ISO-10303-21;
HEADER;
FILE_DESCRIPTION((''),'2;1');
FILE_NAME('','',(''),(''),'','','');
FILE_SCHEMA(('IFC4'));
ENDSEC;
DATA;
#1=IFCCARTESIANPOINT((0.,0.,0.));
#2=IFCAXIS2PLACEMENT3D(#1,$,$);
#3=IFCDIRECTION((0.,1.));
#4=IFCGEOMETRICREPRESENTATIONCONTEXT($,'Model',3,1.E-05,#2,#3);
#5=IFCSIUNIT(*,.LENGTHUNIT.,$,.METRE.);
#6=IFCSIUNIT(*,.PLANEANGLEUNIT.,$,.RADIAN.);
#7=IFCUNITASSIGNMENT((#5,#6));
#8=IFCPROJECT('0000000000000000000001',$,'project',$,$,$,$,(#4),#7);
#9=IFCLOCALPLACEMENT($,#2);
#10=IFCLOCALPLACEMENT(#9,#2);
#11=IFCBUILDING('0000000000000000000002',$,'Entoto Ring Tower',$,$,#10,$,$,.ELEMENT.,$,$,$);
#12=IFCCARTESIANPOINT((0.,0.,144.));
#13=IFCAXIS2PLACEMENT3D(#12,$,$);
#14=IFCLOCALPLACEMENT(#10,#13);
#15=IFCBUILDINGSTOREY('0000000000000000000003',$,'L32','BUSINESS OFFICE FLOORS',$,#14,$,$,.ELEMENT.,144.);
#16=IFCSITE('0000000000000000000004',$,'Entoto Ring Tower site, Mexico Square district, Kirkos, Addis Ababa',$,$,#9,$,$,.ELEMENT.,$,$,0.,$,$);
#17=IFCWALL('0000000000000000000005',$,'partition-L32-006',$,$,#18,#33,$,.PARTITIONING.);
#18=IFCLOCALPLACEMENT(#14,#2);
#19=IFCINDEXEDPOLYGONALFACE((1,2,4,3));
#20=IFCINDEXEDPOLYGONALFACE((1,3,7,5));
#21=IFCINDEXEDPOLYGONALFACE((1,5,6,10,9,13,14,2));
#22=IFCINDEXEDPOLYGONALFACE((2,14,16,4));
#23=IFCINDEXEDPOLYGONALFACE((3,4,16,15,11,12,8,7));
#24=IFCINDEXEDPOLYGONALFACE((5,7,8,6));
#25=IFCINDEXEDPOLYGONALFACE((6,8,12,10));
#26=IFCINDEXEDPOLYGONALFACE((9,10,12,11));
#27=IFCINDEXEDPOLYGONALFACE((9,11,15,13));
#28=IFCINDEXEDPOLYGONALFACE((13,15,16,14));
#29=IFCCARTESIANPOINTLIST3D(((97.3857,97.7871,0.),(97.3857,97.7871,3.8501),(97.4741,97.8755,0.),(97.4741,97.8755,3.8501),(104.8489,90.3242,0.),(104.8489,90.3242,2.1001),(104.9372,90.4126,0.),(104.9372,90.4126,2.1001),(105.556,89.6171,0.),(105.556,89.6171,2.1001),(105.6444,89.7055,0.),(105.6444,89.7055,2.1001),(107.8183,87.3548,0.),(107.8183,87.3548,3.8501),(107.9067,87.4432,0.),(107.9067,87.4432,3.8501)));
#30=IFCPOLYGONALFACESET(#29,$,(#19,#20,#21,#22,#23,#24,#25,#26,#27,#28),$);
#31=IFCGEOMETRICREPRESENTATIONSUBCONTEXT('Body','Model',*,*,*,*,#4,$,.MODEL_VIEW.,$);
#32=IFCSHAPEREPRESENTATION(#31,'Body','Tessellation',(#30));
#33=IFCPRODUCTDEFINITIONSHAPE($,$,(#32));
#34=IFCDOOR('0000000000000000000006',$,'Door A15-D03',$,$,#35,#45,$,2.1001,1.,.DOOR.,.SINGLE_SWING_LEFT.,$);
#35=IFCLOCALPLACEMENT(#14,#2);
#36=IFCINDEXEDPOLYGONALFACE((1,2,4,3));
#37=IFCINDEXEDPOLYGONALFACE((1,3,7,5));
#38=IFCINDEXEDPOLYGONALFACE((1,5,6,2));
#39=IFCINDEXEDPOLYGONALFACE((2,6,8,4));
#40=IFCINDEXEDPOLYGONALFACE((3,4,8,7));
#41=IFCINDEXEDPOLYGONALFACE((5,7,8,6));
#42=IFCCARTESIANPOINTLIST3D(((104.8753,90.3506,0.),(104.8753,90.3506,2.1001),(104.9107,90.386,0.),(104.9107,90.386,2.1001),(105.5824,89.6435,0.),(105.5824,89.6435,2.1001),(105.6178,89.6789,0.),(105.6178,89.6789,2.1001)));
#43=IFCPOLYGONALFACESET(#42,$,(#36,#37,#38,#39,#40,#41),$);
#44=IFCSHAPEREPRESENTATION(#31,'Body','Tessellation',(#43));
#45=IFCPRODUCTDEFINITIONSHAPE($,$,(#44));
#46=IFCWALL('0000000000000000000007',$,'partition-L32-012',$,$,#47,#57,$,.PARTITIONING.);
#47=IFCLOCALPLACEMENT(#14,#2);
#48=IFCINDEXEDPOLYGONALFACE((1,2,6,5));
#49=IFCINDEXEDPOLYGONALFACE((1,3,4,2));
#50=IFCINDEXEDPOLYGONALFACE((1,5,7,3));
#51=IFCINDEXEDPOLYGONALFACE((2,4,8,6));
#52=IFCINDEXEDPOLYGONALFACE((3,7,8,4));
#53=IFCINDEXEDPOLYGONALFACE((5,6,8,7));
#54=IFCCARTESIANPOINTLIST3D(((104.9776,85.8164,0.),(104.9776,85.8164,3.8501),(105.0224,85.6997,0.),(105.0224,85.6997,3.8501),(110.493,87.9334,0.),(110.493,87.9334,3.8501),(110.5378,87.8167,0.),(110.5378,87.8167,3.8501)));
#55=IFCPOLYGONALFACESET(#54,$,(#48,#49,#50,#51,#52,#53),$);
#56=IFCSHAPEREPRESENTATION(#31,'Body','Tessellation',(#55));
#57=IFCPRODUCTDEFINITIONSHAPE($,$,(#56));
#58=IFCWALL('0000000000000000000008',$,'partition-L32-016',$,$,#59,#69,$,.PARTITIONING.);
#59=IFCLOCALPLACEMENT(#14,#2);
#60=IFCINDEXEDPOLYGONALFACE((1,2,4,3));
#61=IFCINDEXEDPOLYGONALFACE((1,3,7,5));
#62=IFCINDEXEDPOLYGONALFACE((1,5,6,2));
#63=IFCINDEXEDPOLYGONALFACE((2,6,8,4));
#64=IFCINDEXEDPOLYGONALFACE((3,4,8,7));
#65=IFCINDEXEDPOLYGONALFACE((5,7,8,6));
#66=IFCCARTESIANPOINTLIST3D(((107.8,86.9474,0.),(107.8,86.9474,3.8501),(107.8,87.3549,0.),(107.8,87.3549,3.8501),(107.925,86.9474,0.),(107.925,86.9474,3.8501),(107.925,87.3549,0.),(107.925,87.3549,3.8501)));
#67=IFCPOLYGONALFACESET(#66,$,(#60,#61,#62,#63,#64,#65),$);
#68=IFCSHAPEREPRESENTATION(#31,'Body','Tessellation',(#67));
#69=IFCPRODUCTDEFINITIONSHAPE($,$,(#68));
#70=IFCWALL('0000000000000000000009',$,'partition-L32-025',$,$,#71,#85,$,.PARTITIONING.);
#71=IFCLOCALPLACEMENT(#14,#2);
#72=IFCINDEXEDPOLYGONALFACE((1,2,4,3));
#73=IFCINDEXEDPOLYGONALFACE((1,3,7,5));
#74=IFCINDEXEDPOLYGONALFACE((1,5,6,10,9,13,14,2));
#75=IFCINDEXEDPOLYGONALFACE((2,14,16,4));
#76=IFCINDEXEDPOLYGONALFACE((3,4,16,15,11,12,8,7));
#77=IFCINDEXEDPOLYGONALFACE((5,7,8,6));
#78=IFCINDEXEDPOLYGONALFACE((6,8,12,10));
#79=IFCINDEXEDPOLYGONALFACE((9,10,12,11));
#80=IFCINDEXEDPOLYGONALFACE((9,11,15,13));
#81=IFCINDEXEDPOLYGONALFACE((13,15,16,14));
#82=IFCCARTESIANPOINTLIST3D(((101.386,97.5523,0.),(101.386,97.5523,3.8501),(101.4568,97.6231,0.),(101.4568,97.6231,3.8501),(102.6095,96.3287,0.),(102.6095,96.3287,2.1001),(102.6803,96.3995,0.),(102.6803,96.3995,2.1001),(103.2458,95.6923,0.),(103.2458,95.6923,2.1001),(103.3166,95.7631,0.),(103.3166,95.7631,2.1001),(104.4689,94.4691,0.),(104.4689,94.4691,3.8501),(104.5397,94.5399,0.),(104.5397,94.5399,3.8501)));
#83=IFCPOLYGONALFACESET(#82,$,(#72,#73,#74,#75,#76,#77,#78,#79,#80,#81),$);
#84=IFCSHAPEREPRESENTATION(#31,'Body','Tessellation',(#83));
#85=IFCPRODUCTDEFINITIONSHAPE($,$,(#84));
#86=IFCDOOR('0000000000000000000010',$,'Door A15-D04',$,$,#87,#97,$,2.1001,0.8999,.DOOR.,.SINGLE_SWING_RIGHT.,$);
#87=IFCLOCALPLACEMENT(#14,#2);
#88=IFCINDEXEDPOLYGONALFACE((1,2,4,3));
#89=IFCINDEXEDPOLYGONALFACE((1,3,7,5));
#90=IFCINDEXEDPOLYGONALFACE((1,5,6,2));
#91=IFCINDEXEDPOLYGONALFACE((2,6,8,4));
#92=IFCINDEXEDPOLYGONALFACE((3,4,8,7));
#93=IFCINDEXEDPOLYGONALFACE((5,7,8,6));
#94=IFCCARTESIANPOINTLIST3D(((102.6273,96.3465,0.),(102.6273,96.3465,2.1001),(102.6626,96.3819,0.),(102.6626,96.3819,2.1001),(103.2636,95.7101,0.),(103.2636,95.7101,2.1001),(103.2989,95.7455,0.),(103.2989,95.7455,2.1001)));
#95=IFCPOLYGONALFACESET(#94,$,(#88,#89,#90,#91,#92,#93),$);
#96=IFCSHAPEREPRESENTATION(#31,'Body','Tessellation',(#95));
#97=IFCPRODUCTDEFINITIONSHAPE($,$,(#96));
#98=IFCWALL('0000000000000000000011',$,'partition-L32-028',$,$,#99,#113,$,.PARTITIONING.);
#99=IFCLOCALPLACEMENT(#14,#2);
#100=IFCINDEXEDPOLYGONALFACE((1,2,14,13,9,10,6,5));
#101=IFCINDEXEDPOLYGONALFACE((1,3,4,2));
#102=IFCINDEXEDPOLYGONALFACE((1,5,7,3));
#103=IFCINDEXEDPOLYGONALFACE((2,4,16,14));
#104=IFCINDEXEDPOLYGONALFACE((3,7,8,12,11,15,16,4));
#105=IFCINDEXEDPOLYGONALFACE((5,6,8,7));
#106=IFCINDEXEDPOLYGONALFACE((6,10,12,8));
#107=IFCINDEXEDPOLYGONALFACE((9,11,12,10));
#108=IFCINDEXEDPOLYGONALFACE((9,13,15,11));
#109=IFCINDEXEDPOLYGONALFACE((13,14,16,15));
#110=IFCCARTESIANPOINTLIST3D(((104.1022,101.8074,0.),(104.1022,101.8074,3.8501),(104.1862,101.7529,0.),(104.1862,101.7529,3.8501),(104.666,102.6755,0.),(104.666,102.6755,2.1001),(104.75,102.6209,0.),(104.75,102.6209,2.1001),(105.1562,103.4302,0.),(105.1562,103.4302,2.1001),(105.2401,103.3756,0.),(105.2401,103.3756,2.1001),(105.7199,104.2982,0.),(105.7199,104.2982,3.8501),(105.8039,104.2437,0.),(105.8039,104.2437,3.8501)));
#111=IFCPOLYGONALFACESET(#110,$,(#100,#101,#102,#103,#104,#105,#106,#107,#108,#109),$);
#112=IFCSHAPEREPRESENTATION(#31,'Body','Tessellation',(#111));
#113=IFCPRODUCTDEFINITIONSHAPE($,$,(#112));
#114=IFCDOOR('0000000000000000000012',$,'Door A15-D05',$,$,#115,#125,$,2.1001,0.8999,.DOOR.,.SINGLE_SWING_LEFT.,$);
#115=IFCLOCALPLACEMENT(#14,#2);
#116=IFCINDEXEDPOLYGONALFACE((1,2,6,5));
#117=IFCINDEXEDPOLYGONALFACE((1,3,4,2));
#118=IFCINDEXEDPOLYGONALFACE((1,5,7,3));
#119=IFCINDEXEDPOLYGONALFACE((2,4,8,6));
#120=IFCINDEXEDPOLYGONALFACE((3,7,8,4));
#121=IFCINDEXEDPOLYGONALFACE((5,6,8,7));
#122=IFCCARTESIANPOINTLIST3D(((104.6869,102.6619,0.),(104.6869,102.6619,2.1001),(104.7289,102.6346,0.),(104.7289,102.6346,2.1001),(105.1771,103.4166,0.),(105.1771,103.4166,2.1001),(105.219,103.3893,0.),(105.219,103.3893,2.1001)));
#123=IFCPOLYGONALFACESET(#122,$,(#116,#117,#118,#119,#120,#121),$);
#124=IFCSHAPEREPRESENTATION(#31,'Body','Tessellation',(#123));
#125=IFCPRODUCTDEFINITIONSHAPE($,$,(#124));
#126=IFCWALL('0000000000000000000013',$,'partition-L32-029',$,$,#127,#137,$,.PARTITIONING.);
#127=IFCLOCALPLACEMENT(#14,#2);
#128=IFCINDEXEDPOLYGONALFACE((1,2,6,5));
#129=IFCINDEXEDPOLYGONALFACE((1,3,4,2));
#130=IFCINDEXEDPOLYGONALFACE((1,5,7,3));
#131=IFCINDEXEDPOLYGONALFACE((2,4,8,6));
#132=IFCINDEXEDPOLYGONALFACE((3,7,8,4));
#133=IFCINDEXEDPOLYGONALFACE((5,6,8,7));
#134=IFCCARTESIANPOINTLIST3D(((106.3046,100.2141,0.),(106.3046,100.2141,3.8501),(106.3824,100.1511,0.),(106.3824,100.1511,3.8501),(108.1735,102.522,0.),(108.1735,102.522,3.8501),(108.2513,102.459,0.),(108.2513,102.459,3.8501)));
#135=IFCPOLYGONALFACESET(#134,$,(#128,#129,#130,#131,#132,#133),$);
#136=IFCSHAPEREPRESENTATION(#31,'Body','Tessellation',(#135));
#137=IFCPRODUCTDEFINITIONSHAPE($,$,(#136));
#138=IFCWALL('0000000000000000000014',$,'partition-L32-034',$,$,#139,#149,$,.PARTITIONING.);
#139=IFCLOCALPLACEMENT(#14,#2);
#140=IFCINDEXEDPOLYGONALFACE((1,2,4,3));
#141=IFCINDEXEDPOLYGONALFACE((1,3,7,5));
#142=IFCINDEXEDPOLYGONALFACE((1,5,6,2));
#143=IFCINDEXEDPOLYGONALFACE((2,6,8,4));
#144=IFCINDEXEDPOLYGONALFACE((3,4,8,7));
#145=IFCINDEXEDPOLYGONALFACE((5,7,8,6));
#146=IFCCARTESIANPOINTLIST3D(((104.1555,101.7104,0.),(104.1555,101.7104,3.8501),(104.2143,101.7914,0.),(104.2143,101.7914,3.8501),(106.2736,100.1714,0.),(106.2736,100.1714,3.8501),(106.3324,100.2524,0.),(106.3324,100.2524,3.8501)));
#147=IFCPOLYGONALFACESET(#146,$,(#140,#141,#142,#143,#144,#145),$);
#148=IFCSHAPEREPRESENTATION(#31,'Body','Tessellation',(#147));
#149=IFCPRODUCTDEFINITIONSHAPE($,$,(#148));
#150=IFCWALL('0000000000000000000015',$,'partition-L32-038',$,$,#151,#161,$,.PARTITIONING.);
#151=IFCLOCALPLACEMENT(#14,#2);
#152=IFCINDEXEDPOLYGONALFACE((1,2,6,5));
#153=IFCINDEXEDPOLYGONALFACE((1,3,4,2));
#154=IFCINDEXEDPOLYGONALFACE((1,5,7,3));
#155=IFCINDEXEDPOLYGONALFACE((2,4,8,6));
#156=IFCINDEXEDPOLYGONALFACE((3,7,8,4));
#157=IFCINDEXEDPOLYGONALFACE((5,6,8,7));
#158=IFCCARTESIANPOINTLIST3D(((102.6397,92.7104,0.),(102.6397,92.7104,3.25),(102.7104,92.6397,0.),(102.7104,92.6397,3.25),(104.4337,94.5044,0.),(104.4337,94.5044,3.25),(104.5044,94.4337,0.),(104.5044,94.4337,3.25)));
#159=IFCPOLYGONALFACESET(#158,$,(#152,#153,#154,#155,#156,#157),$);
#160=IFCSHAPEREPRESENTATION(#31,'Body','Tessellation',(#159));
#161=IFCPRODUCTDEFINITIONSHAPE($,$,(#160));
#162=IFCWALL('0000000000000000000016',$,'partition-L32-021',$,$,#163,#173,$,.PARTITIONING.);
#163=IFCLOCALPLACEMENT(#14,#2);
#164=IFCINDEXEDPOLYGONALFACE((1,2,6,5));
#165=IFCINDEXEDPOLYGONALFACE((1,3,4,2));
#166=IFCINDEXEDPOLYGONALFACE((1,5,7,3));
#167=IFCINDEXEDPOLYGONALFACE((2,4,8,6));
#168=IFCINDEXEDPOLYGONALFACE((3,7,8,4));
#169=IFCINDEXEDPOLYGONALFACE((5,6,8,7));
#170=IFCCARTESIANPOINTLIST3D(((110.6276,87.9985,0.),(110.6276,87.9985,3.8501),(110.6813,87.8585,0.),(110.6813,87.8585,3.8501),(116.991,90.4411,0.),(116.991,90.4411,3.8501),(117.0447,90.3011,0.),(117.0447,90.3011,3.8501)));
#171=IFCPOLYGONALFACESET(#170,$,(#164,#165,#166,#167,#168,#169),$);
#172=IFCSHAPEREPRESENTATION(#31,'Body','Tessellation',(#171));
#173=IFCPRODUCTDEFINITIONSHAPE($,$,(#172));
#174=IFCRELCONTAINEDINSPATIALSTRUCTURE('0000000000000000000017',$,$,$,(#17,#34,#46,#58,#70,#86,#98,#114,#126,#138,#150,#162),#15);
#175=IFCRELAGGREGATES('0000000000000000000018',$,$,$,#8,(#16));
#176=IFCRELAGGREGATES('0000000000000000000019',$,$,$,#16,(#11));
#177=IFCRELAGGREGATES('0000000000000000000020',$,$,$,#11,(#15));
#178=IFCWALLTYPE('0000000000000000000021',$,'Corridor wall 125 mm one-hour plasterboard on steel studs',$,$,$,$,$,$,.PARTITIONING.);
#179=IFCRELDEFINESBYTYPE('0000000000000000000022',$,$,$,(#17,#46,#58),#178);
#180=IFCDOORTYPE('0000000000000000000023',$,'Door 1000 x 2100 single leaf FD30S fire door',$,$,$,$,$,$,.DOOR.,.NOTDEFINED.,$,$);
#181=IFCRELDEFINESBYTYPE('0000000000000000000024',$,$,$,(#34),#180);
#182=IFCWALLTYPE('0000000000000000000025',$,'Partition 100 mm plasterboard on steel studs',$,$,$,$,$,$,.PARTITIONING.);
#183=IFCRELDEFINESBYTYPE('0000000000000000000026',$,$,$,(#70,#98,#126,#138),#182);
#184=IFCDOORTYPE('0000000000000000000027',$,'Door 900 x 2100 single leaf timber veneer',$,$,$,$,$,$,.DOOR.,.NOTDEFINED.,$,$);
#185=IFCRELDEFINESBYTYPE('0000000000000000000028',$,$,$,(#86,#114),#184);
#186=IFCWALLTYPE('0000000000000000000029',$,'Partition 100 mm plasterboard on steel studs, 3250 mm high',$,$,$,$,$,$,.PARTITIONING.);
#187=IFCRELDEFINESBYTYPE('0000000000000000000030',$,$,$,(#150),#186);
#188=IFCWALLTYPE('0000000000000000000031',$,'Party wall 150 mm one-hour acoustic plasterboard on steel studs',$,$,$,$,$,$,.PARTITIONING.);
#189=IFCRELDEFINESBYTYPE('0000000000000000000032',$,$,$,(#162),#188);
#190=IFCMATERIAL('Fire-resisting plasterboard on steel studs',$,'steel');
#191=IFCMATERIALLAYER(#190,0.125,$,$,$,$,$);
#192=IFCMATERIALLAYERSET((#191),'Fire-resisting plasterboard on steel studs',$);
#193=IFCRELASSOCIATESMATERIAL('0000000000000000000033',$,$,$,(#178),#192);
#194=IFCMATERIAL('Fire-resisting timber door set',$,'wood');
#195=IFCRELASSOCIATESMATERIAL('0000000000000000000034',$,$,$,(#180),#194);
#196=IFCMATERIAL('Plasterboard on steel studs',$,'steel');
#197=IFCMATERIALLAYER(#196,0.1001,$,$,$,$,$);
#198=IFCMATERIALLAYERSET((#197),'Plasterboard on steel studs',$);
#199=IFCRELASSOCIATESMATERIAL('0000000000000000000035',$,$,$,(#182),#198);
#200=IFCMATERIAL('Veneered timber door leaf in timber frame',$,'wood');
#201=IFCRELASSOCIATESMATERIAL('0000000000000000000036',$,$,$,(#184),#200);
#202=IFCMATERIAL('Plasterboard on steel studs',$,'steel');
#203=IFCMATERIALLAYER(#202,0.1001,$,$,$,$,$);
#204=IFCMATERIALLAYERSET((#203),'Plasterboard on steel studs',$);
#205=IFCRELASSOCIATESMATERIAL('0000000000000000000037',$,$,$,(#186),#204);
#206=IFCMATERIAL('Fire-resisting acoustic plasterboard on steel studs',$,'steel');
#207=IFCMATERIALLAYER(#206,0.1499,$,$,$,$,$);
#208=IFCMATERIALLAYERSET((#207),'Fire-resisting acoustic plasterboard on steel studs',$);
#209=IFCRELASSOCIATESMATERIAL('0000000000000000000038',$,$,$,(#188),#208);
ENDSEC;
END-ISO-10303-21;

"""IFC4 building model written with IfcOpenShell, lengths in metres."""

from ifc_helpers import new_model, si_unit, direction, frame, frame_2d, origin, place, context, subcontext, project, spatial, rectangle, extrude, material, layer, layer_set, type_object, element, fill, save


model = new_model("IFC4")

# Units and contexts
model_context = context("Model", 3, precision=1e-05, world=origin(), true_north=direction((0.0, 1.0)))
body_context = subcontext(model_context, "Body", "Model", "MODEL_VIEW")
ifc_project = project(units=[si_unit("LENGTHUNIT", "METRE"), si_unit("PLANEANGLEUNIT", "RADIAN")], contexts=[model_context])

# Site, building, storey
site_placement = place(None, origin())
site = spatial("IfcSite", under=ifc_project, at=site_placement, Name="Entoto Ring Tower site, Mexico Square district, Kirkos, Addis Ababa", CompositionType="ELEMENT", RefElevation=0.0)
building_placement = place(site_placement, origin())
building = spatial("IfcBuilding", under=site, at=building_placement, Name="Entoto Ring Tower", CompositionType="ELEMENT")
storey_placement = place(building_placement, frame((0.0, 0.0, 144.0)))
storey = spatial("IfcBuildingStorey", under=building, at=storey_placement, Name="L32", Description="BUSINESS OFFICE FLOORS", CompositionType="ELEMENT", Elevation=144.0)

# Wall, opening, door
ifc_material_1 = material(Name="Fire-resisting plasterboard on steel studs", Category="steel")
ifc_layer_1 = layer(ifc_material_1, 0.125)
ifc_layer_set_1 = layer_set([ifc_layer_1], Name="Fire-resisting plasterboard on steel studs")
wall_type_1 = type_object("IfcWallType", Name="Corridor wall 125 mm one-hour plasterboard on steel studs", PredefinedType="PARTITIONING", material=ifc_layer_set_1)
wall_1_placement = place(storey_placement, frame((107.8625, 87.3989, 0.0), z_axis=(0.0, 0.0, 1.0), x_axis=(-0.707115, 0.707099, 0.0)))
wall_1 = element("IfcWall", 1, at=wall_1_placement, inside=storey, type_object=wall_type_1, Name="partition-L32-006", PredefinedType="PARTITIONING", context=body_context, shape_type="SweptSolid", body=[
    extrude(rectangle(XDim=14.7537, YDim=0.125, at=frame_2d((7.377, 0.0))), origin(), (0.0, 0.0, 1.0), 3.8501),
])
opening_1_placement = place(wall_1_placement, frame((3.1995, 0.0, 0.0)))
opening_1 = element("IfcOpeningElement", 2, at=opening_1_placement, cuts=wall_1, PredefinedType="OPENING", context=body_context, shape_type="SweptSolid", body=[
    extrude(rectangle(XDim=1.0, YDim=2.1001, at=frame_2d((0.5, 1.05))), frame((0.0, 0.0725, 0.0), z_axis=(0.0, -1.0, 0.0), x_axis=(1.0, 0.0, 0.0)), (0.0, 0.0, 1.0), 0.145),
])
ifc_material_2 = material(Name="Fire-resisting timber door set", Category="wood")
door_type_1 = type_object("IfcDoorType", Name="Door 1000 x 2100 single leaf FD30S fire door", OperationType="NOTDEFINED", PredefinedType="DOOR", material=ifc_material_2)
door_1_placement = place(opening_1_placement, frame((1.0, 0.0, 0.0), z_axis=(0.0, 0.0, 1.0), x_axis=(-1.0, 0.0, 0.0)))
door_1 = element("IfcDoor", 3, at=door_1_placement, inside=storey, type_object=door_type_1, Name="Door A15-D03", OperationType="SINGLE_SWING_LEFT", OverallHeight=2.1001, OverallWidth=1.0, PredefinedType="DOOR", context=body_context, shape_type="SweptSolid", body=[
    extrude(rectangle(XDim=1.0, YDim=2.1001, at=frame_2d((0.5, 1.05))), frame((0.0, 0.0249, 0.0), z_axis=(0.0, -1.0, 0.0), x_axis=(1.0, 0.0, 0.0)), (0.0, 0.0, 1.0), 0.05),
])
fill(opening_1, door_1)

# Walls
wall_2_placement = place(storey_placement, frame((105.0, 85.7581, 0.0), z_axis=(0.0, 0.0, 1.0), x_axis=(0.933592, 0.358337, 0.0)))
element("IfcWall", 4, at=wall_2_placement, inside=storey, type_object=wall_type_1, Name="partition-L32-012", PredefinedType="PARTITIONING", context=body_context, shape_type="SweptSolid", body=[
    extrude(rectangle(XDim=5.9077, YDim=0.125, at=frame_2d((2.9539, 0.0))), origin(), (0.0, 0.0, 1.0), 3.8501),
])
wall_3_placement = place(storey_placement, frame((107.8625, 86.9475, 0.0), z_axis=(0.0, 0.0, 1.0), x_axis=(0.0, 1.0, 0.0)))
element("IfcWall", 5, at=wall_3_placement, inside=storey, type_object=wall_type_1, Name="partition-L32-016", PredefinedType="PARTITIONING", context=body_context, shape_type="SweptSolid", body=[
    extrude(rectangle(XDim=0.4075, YDim=0.125, at=frame_2d((0.2036, 0.0))), origin(), (0.0, 0.0, 1.0), 3.8501),
])

# Walls, openings, doors
ifc_material_3 = material(Name="Plasterboard on steel studs", Category="steel")
ifc_layer_2 = layer(ifc_material_3, 0.1001)
ifc_layer_set_2 = layer_set([ifc_layer_2], Name="Plasterboard on steel studs")
wall_type_2 = type_object("IfcWallType", Name="Partition 100 mm plasterboard on steel studs", PredefinedType="PARTITIONING", material=ifc_layer_set_2)
wall_4_placement = place(storey_placement, frame((104.5044, 94.5044, 0.0), z_axis=(0.0, 0.0, 1.0), x_axis=(-0.707079, 0.707135, 0.0)))
wall_4 = element("IfcWall", 6, at=wall_4_placement, inside=storey, type_object=wall_type_2, Name="partition-L32-025", PredefinedType="PARTITIONING", context=body_context, shape_type="SweptSolid", body=[
    extrude(rectangle(XDim=4.3601, YDim=0.1001, at=frame_2d((2.1802, 0.0))), origin(), (0.0, 0.0, 1.0), 3.8501),
])
opening_2_placement = place(wall_4_placement, frame((1.73, 0.0, 0.0)))
opening_2 = element("IfcOpeningElement", 7, at=opening_2_placement, cuts=wall_4, PredefinedType="OPENING", context=body_context, shape_type="SweptSolid", body=[
    extrude(rectangle(XDim=0.8999, YDim=2.1001, at=frame_2d((0.45, 1.05))), frame((0.0, 0.0601, 0.0), z_axis=(0.0, -1.0, 0.0), x_axis=(1.0, 0.0, 0.0)), (0.0, 0.0, 1.0), 0.1201),
])
ifc_material_4 = material(Name="Veneered timber door leaf in timber frame", Category="wood")
door_type_2 = type_object("IfcDoorType", Name="Door 900 x 2100 single leaf timber veneer", OperationType="NOTDEFINED", PredefinedType="DOOR", material=ifc_material_4)
door_2_placement = place(opening_2_placement, origin())
door_2 = element("IfcDoor", 8, at=door_2_placement, inside=storey, type_object=door_type_2, Name="Door A15-D04", OperationType="SINGLE_SWING_RIGHT", OverallHeight=2.1001, OverallWidth=0.8999, PredefinedType="DOOR", context=body_context, shape_type="SweptSolid", body=[
    extrude(rectangle(XDim=0.8999, YDim=2.1001, at=frame_2d((0.45, 1.05))), frame((0.0, 0.0249, 0.0), z_axis=(0.0, -1.0, 0.0), x_axis=(1.0, 0.0, 0.0)), (0.0, 0.0, 1.0), 0.05),
])
fill(opening_2, door_2)
wall_5_placement = place(storey_placement, frame((104.1443, 101.7803, 0.0), z_axis=(0.0, 0.0, 1.0), x_axis=(0.544682, 0.838643, 0.0)))
wall_5 = element("IfcWall", 9, at=wall_5_placement, inside=storey, type_object=wall_type_2, Name="partition-L32-028", PredefinedType="PARTITIONING", context=body_context, shape_type="SweptSolid", body=[
    extrude(rectangle(XDim=2.97, YDim=0.1001, at=frame_2d((1.4849, 0.0))), origin(), (0.0, 0.0, 1.0), 3.8501),
])
opening_3_placement = place(wall_5_placement, frame((1.0349, 0.0, 0.0)))
opening_3 = element("IfcOpeningElement", 10, at=opening_3_placement, cuts=wall_5, PredefinedType="OPENING", context=body_context, shape_type="SweptSolid", body=[
    extrude(rectangle(XDim=0.8999, YDim=2.1001, at=frame_2d((0.45, 1.05))), frame((0.0, 0.0601, 0.0), z_axis=(0.0, -1.0, 0.0), x_axis=(1.0, 0.0, 0.0)), (0.0, 0.0, 1.0), 0.1201),
])
door_3_placement = place(opening_3_placement, frame((0.8999, 0.0, 0.0), z_axis=(0.0, 0.0, 1.0), x_axis=(-1.0, 0.0, 0.0)))
door_3 = element("IfcDoor", 11, at=door_3_placement, inside=storey, type_object=door_type_2, Name="Door A15-D05", OperationType="SINGLE_SWING_LEFT", OverallHeight=2.1001, OverallWidth=0.8999, PredefinedType="DOOR", context=body_context, shape_type="SweptSolid", body=[
    extrude(rectangle(XDim=0.8999, YDim=2.1001, at=frame_2d((0.45, 1.05))), frame((0.0, 0.0249, 0.0), z_axis=(0.0, -1.0, 0.0), x_axis=(1.0, 0.0, 0.0)), (0.0, 0.0, 1.0), 0.05),
])
fill(opening_3, door_3)

# Walls
wall_6_placement = place(storey_placement, frame((106.3435, 100.1826, 0.0), z_axis=(0.0, 0.0, 1.0), x_axis=(0.629326, 0.777141, 0.0)))
element("IfcWall", 12, at=wall_6_placement, inside=storey, type_object=wall_type_2, Name="partition-L32-029", PredefinedType="PARTITIONING", context=body_context, shape_type="SweptSolid", body=[
    extrude(rectangle(XDim=2.9697, YDim=0.1001, at=frame_2d((1.4849, 0.0))), origin(), (0.0, 0.0, 1.0), 3.8501),
])
wall_7_placement = place(storey_placement, frame((106.303, 100.2119, 0.0), z_axis=(0.0, 0.0, 1.0), x_axis=(-0.808994, 0.587817, 0.0)))
element("IfcWall", 13, at=wall_7_placement, inside=storey, type_object=wall_type_2, Name="partition-L32-034", PredefinedType="PARTITIONING", context=body_context, shape_type="SweptSolid", body=[
    extrude(rectangle(XDim=2.6182, YDim=0.1001, at=frame_2d((1.3091, 0.0))), origin(), (0.0, 0.0, 1.0), 3.8501),
])
ifc_material_5 = material(Name="Plasterboard on steel studs", Category="steel")
ifc_layer_3 = layer(ifc_material_5, 0.1001)
ifc_layer_set_3 = layer_set([ifc_layer_3], Name="Plasterboard on steel studs")
wall_type_3 = type_object("IfcWallType", Name="Partition 100 mm plasterboard on steel studs, 3250 mm high", PredefinedType="PARTITIONING", material=ifc_layer_set_3)
wall_8_placement = place(storey_placement, frame((102.675, 92.675, 0.0), z_axis=(0.0, 0.0, 1.0), x_axis=(0.707107, 0.707107, 0.0)))
element("IfcWall", 14, at=wall_8_placement, inside=storey, type_object=wall_type_3, Name="partition-L32-038", PredefinedType="PARTITIONING", context=body_context, shape_type="SweptSolid", body=[
    extrude(rectangle(XDim=2.5371, YDim=0.1001, at=frame_2d((1.2686, 0.0))), origin(), (0.0, 0.0, 1.0), 3.25),
])
ifc_material_6 = material(Name="Fire-resisting acoustic plasterboard on steel studs", Category="steel")
ifc_layer_4 = layer(ifc_material_6, 0.1499)
ifc_layer_set_4 = layer_set([ifc_layer_4], Name="Fire-resisting acoustic plasterboard on steel studs")
wall_type_4 = type_object("IfcWallType", Name="Party wall 150 mm one-hour acoustic plasterboard on steel studs", PredefinedType="PARTITIONING", material=ifc_layer_set_4)
wall_9_placement = place(storey_placement, frame((110.6543, 87.9285, 0.0), z_axis=(0.0, 0.0, 1.0), x_axis=(0.933585, 0.358355, 0.0)))
element("IfcWall", 15, at=wall_9_placement, inside=storey, type_object=wall_type_4, Name="partition-L32-021", PredefinedType="PARTITIONING", context=body_context, shape_type="SweptSolid", body=[
    extrude(rectangle(XDim=6.8162, YDim=0.1499, at=frame_2d((3.4082, 0.0))), origin(), (0.0, 0.0, 1.0), 3.8501),
])

save(model, "model.ifc")
